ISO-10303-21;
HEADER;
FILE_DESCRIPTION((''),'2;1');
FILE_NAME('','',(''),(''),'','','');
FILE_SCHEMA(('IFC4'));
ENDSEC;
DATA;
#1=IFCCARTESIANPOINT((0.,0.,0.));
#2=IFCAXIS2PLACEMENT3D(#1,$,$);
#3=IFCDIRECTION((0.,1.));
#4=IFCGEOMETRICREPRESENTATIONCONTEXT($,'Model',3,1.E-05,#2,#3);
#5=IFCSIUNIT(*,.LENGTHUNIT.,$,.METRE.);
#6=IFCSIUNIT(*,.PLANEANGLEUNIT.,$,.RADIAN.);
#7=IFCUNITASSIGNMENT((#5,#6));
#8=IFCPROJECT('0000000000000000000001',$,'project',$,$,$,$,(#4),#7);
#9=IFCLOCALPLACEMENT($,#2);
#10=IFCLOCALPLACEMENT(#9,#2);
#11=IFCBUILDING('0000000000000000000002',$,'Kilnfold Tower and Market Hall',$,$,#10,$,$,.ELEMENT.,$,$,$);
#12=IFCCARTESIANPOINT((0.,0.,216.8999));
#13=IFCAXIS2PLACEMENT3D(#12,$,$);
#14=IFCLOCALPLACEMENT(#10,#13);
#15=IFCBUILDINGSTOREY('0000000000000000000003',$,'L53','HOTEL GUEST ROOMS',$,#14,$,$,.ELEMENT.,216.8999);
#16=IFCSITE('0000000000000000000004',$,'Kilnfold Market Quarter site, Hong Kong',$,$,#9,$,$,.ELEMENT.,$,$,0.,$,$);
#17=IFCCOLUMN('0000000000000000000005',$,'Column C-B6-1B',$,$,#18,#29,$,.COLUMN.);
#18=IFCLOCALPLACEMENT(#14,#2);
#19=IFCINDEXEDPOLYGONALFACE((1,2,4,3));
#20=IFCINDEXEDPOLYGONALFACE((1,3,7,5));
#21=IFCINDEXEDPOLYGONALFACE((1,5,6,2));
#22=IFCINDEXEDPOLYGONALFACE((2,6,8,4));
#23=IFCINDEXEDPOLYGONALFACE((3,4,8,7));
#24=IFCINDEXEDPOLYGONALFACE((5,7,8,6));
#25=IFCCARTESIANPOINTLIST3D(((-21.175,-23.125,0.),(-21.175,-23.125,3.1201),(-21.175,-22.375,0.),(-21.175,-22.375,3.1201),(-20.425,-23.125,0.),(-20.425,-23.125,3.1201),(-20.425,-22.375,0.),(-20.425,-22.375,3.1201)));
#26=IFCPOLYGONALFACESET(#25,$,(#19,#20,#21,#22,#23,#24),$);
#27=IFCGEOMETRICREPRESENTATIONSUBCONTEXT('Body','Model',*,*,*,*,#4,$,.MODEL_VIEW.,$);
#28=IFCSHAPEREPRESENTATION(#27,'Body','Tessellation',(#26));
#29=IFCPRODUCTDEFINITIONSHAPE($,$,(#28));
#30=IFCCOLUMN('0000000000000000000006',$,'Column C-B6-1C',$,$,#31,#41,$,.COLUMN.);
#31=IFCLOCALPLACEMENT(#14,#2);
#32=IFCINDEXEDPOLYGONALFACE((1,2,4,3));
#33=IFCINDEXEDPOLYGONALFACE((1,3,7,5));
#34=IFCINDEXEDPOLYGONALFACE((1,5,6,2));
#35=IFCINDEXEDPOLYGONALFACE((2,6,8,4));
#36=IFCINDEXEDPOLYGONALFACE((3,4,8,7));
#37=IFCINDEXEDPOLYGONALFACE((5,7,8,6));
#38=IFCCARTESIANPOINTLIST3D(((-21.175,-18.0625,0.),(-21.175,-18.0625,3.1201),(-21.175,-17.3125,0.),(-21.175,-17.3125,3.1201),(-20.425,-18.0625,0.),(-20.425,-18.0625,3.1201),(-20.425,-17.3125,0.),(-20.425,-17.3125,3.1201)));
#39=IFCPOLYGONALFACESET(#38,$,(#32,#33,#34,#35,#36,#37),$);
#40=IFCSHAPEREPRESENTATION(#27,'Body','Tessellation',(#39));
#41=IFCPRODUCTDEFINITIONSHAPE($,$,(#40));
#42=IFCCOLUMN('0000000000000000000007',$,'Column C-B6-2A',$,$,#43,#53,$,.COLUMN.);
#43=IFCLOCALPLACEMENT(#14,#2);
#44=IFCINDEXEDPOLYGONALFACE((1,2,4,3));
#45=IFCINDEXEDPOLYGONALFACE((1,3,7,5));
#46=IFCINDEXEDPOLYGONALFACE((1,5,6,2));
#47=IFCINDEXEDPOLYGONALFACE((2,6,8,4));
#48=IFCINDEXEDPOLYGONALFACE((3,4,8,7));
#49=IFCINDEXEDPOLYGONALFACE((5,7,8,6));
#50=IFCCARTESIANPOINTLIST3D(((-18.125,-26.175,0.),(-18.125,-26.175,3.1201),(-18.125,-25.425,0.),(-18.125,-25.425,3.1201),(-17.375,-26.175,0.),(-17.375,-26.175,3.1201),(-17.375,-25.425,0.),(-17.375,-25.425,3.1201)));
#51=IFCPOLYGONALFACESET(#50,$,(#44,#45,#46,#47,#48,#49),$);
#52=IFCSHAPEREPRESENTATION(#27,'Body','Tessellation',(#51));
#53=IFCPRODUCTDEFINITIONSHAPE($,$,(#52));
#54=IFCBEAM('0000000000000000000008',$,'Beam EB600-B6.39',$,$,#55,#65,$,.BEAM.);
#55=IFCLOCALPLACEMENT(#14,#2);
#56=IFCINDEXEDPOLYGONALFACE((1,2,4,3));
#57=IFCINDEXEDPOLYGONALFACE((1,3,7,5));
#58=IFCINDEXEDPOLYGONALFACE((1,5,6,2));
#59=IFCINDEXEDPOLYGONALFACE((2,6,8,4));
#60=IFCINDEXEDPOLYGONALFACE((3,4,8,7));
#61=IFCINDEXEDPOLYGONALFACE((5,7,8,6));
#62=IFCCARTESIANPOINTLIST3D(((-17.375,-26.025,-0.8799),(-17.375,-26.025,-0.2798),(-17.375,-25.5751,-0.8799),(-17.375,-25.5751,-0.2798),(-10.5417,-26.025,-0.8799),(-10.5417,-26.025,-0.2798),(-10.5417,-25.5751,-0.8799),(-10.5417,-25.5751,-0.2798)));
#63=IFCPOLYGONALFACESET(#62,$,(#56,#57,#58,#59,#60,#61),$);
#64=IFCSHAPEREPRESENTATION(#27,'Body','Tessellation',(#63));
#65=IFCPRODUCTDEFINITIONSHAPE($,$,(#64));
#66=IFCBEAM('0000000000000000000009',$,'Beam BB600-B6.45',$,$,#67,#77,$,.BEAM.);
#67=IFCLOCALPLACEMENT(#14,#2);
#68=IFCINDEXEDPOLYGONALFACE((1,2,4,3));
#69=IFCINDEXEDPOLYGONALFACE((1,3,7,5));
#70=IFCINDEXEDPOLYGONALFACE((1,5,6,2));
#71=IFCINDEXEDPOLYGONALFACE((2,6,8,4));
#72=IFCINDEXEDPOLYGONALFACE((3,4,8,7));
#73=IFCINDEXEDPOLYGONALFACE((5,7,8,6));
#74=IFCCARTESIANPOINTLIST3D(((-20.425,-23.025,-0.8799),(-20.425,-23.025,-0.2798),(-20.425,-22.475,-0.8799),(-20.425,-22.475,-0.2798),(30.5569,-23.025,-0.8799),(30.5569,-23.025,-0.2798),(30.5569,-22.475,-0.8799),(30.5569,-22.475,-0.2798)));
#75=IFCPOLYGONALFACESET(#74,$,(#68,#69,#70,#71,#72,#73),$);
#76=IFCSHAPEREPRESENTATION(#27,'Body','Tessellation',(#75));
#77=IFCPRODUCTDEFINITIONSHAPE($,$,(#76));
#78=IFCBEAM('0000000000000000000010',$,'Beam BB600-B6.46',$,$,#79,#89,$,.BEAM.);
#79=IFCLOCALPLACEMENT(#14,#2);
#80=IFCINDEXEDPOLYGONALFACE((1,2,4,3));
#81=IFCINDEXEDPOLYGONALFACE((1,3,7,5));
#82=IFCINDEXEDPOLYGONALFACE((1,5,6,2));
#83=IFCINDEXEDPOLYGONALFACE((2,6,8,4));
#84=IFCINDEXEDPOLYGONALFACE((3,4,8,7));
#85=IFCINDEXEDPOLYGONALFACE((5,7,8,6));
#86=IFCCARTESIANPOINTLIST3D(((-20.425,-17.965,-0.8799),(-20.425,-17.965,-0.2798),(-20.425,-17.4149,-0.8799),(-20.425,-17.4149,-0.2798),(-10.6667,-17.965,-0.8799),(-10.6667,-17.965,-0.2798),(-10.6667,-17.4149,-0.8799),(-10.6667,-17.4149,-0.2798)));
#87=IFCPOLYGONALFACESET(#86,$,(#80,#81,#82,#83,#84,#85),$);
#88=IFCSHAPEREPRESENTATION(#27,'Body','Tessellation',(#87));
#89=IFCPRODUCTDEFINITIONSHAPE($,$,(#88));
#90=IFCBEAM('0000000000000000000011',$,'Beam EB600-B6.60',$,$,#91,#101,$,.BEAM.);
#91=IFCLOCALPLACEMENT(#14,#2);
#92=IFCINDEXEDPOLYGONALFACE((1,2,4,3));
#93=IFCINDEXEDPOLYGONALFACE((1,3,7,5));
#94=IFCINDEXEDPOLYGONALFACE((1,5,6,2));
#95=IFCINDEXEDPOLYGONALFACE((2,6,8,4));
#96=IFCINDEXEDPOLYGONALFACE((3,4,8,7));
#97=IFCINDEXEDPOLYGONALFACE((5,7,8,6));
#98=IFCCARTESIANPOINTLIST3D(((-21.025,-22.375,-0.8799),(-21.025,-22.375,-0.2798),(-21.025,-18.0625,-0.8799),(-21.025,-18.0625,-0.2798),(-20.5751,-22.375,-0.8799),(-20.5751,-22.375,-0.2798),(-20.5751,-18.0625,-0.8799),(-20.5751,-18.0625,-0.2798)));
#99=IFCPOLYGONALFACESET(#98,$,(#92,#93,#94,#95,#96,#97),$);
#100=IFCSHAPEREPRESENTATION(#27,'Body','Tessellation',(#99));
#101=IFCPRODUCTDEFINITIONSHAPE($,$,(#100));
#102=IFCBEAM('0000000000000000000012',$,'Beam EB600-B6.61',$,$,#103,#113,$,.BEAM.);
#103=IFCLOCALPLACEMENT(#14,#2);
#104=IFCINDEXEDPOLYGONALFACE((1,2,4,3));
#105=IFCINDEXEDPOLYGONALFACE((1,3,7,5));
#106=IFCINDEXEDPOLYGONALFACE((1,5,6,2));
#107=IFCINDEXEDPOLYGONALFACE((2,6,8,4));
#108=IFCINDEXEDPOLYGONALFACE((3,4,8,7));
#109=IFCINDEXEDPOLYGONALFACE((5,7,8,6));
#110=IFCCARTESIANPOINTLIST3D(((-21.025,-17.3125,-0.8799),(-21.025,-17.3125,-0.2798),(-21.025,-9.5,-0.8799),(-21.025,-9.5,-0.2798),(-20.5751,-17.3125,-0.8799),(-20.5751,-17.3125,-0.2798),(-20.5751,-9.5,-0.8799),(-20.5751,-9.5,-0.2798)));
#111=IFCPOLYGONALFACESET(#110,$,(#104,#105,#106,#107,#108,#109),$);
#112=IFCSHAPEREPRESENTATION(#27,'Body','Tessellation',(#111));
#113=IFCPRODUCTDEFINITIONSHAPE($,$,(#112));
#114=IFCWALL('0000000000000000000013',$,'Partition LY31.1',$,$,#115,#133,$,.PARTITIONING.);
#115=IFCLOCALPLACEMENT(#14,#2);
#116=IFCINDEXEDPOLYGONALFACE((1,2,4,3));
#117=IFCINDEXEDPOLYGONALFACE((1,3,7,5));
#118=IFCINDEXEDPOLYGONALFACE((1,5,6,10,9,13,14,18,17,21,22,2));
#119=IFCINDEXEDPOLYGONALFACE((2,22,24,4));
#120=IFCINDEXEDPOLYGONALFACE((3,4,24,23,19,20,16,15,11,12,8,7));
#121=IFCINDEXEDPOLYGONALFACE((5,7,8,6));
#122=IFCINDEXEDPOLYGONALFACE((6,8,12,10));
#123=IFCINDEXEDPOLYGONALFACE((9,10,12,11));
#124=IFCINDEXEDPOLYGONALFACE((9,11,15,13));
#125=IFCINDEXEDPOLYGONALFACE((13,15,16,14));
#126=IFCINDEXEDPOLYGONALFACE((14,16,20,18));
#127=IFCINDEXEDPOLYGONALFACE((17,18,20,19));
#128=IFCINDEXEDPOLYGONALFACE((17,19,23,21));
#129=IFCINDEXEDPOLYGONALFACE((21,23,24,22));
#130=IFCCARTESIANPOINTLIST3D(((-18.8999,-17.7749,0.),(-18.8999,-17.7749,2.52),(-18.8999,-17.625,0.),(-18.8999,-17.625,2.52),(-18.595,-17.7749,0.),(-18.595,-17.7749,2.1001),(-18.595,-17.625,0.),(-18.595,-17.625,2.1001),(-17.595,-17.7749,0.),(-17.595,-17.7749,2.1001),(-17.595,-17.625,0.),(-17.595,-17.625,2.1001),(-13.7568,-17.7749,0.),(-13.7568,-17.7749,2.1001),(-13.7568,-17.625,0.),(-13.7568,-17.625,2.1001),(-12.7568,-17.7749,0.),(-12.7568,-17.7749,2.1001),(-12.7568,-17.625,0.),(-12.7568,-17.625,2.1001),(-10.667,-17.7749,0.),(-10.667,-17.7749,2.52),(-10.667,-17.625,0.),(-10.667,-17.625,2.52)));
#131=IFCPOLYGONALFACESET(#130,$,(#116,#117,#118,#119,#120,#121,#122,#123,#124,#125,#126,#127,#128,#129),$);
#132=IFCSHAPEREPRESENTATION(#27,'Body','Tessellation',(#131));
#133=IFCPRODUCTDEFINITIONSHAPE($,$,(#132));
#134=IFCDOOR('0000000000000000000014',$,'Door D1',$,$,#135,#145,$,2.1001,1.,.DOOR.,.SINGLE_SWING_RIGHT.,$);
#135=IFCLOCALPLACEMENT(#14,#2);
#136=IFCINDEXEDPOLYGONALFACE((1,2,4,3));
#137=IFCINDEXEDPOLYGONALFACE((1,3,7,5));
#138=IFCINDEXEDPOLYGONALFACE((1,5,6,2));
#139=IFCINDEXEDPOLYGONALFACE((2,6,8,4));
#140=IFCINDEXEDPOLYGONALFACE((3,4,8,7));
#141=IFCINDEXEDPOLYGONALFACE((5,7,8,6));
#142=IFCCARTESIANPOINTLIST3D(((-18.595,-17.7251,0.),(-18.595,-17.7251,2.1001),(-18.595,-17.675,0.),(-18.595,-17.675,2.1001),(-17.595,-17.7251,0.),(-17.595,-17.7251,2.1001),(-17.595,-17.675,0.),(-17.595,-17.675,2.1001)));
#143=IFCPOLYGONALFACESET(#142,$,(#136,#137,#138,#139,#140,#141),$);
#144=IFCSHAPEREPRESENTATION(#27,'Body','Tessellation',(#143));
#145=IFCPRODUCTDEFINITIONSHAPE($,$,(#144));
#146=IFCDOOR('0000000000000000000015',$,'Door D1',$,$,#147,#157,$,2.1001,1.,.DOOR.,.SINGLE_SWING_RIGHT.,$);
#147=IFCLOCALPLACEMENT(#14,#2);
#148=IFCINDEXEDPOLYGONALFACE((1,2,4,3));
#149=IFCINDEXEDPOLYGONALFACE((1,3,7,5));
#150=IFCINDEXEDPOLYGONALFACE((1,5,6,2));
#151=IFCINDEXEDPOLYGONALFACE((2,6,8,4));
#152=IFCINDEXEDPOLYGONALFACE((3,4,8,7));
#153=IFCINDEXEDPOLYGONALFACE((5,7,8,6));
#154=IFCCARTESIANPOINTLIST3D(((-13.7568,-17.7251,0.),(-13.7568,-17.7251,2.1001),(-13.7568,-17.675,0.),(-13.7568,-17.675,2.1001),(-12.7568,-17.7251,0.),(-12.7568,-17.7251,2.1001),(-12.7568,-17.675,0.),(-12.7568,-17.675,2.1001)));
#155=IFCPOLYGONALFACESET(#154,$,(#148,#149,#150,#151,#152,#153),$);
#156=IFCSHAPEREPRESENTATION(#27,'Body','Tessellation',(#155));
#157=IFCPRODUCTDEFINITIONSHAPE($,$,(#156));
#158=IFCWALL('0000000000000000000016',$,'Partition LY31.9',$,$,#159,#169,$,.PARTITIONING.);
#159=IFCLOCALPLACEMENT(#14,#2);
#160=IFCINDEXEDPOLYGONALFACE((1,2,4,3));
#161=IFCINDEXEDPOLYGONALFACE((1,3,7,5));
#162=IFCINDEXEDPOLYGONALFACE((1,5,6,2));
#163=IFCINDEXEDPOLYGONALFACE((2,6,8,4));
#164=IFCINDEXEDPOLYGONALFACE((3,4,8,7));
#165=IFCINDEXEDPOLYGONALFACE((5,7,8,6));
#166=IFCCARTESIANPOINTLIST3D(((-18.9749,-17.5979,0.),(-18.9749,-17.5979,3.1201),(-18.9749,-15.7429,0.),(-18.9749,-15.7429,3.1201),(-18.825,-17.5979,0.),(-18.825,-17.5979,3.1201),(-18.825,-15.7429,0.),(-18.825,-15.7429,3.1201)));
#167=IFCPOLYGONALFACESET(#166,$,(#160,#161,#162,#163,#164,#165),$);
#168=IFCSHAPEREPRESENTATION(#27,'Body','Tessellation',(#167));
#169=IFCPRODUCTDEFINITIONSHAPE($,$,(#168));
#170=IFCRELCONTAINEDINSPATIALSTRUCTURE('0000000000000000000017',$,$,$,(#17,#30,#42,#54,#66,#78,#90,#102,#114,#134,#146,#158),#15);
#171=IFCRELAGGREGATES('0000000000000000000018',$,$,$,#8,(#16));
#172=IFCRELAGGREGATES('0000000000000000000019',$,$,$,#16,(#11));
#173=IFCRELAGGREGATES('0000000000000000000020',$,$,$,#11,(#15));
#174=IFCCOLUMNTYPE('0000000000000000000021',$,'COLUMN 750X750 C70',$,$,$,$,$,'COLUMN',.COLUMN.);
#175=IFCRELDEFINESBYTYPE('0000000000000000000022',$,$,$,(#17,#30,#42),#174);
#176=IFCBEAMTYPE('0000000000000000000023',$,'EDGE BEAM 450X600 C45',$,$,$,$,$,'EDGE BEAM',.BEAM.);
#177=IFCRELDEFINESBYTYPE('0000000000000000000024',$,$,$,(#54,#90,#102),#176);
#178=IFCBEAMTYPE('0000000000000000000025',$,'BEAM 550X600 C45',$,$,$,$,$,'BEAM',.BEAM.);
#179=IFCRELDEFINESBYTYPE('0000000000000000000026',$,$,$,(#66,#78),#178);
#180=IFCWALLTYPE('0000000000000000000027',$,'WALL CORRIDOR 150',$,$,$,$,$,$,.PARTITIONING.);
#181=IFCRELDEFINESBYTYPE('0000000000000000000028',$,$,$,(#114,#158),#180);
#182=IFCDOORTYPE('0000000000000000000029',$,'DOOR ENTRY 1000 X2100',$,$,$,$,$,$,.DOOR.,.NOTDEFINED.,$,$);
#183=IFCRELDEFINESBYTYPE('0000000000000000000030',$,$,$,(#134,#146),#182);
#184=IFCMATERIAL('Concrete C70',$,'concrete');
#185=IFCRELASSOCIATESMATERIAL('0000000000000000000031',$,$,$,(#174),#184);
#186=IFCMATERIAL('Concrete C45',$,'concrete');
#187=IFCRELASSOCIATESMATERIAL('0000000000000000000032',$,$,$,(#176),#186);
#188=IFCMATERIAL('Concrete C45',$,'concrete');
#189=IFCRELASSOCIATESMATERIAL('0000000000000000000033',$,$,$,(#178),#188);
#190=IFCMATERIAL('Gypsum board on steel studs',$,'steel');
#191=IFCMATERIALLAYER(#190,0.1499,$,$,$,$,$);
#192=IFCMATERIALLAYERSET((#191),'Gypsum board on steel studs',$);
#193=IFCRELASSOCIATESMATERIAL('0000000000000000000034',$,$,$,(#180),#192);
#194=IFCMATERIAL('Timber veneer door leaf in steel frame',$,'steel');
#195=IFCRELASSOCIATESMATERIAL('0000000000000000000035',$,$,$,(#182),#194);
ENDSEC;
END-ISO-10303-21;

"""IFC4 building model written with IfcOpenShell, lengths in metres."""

from ifc_helpers import new_model, si_unit, direction, frame, frame_2d, origin, origin_2d, place, context, subcontext, project, spatial, rectangle, extrude, source, transform, mapped, material, layer, layer_set, material_profile, profile_set, type_object, element, fill, save


model = new_model("IFC4")

# Units and contexts
model_context = context("Model", 3, precision=1e-05, world=origin(), true_north=direction((0.0, 1.0)))
body_context = subcontext(model_context, "Body", "Model", "MODEL_VIEW")
ifc_project = project(units=[si_unit("LENGTHUNIT", "METRE"), si_unit("PLANEANGLEUNIT", "RADIAN")], contexts=[model_context])

# Site, building, storey
site_placement = place(None, origin())
site = spatial("IfcSite", under=ifc_project, at=site_placement, Name="Kilnfold Market Quarter site, Hong Kong", CompositionType="ELEMENT", RefElevation=0.0)
building_placement = place(site_placement, origin())
building = spatial("IfcBuilding", under=site, at=building_placement, Name="Kilnfold Tower and Market Hall", CompositionType="ELEMENT")
storey_placement = place(building_placement, frame((0.0, 0.0, 216.8999)))
storey = spatial("IfcBuildingStorey", under=building, at=storey_placement, Name="L53", Description="HOTEL GUEST ROOMS", CompositionType="ELEMENT", Elevation=216.8999)

# Columns
ifc_material_1 = material(Name="Concrete C70", Category="concrete")
ifc_material_profile_1 = material_profile(ifc_material_1, rectangle(XDim=0.75, YDim=0.75, at=origin_2d()), Name="RC 750x750")
ifc_profile_set_1 = profile_set([ifc_material_profile_1], Name="Concrete C70")
column_type = type_object("IfcColumnType", Name="COLUMN 750X750 C70", ElementType="COLUMN", PredefinedType="COLUMN", material=ifc_profile_set_1)
shared_shape_1 = source(origin(), body_context, "Body", "SweptSolid", [
    extrude(rectangle(XDim=0.75, YDim=0.75, at=origin_2d()), origin(), (0.0, 0.0, 1.0), 3.1201),
])
for number, where, z_axis, x_axis, name in (
    (1, (-20.8, -22.75, 0.0), (0.0, 0.0, 1.0), (1.0, 0.0, 0.0), "Column C-B6-1B"),
    (2, (-20.8, -17.6875, 0.0), (0.0, 0.0, 1.0), (1.0, 0.0, 0.0), "Column C-B6-1C"),
    (3, (-17.75, -25.8, 0.0), (0.0, 0.0, 1.0), (1.0, 0.0, 0.0), "Column C-B6-2A"),
):
    element("IfcColumn", number, at=place(storey_placement, frame(where, z_axis=z_axis, x_axis=x_axis)), inside=storey, type_object=column_type, Name=name, PredefinedType="COLUMN", context=body_context, shape_type="MappedRepresentation", body=[
        mapped(shared_shape_1, transform((0.0, 0.0, 0.0))),
    ])

# Beams
ifc_material_2 = material(Name="Concrete C45", Category="concrete")
ifc_material_profile_2 = material_profile(ifc_material_2, rectangle(XDim=0.45, YDim=0.6001, at=origin_2d()), Name="RC 450x600")
ifc_profile_set_2 = profile_set([ifc_material_profile_2], Name="Concrete C45")
beam_type_1 = type_object("IfcBeamType", Name="EDGE BEAM 450X600 C45", ElementType="EDGE BEAM", PredefinedType="BEAM", material=ifc_profile_set_2)
shared_shape_2 = source(origin(), body_context, "Body", "SweptSolid", [
    extrude(rectangle(XDim=0.45, YDim=0.6001, at=origin_2d()), origin(), (0.0, 0.0, 1.0), 6.8333),
])
beam_1_placement = place(storey_placement, frame((-17.375, -25.8, -0.5798), z_axis=(1.0, 0.0, 0.0), x_axis=(0.0, 1.0, 0.0)))
element("IfcBeam", 4, at=beam_1_placement, inside=storey, type_object=beam_type_1, Name="Beam EB600-B6.39", PredefinedType="BEAM", context=body_context, shape_type="MappedRepresentation", body=[
    mapped(shared_shape_2, transform((0.0, 0.0, 0.0))),
])
ifc_material_3 = material(Name="Concrete C45", Category="concrete")
ifc_material_profile_3 = material_profile(ifc_material_3, rectangle(XDim=0.55, YDim=0.6001, at=origin_2d()), Name="RC 550x600")
ifc_profile_set_3 = profile_set([ifc_material_profile_3], Name="Concrete C45")
beam_type_2 = type_object("IfcBeamType", Name="BEAM 550X600 C45", ElementType="BEAM", PredefinedType="BEAM", material=ifc_profile_set_3)
shared_shape_3 = source(origin(), body_context, "Body", "SweptSolid", [
    extrude(rectangle(XDim=0.55, YDim=0.6001, at=origin_2d()), origin(), (0.0, 0.0, 1.0), 50.9819),
])
beam_2_placement = place(storey_placement, frame((-20.425, -22.75, -0.5798), z_axis=(1.0, 0.0, 0.0), x_axis=(0.0, 1.0, 0.0)))
element("IfcBeam", 5, at=beam_2_placement, inside=storey, type_object=beam_type_2, Name="Beam BB600-B6.45", PredefinedType="BEAM", context=body_context, shape_type="MappedRepresentation", body=[
    mapped(shared_shape_3, transform((0.0, 0.0, 0.0))),
])
shared_shape_4 = source(origin(), body_context, "Body", "SweptSolid", [
    extrude(rectangle(XDim=0.55, YDim=0.6001, at=origin_2d()), origin(), (0.0, 0.0, 1.0), 9.7583),
])
beam_3_placement = place(storey_placement, frame((-20.425, -17.6899, -0.5798), z_axis=(1.0, 0.0, 0.0), x_axis=(0.0, 1.0, 0.0)))
element("IfcBeam", 6, at=beam_3_placement, inside=storey, type_object=beam_type_2, Name="Beam BB600-B6.46", PredefinedType="BEAM", context=body_context, shape_type="MappedRepresentation", body=[
    mapped(shared_shape_4, transform((0.0, 0.0, 0.0))),
])
shared_shape_5 = source(origin(), body_context, "Body", "SweptSolid", [
    extrude(rectangle(XDim=0.45, YDim=0.6001, at=origin_2d()), origin(), (0.0, 0.0, 1.0), 4.3125),
])
beam_4_placement = place(storey_placement, frame((-20.8, -22.375, -0.5798), z_axis=(0.0, 1.0, 0.0), x_axis=(-1.0, 0.0, 0.0)))
element("IfcBeam", 7, at=beam_4_placement, inside=storey, type_object=beam_type_1, Name="Beam EB600-B6.60", PredefinedType="BEAM", context=body_context, shape_type="MappedRepresentation", body=[
    mapped(shared_shape_5, transform((0.0, 0.0, 0.0))),
])
shared_shape_6 = source(origin(), body_context, "Body", "SweptSolid", [
    extrude(rectangle(XDim=0.45, YDim=0.6001, at=origin_2d()), origin(), (0.0, 0.0, 1.0), 7.8125),
])
beam_5_placement = place(storey_placement, frame((-20.8, -17.3125, -0.5798), z_axis=(0.0, 1.0, 0.0), x_axis=(-1.0, 0.0, 0.0)))
element("IfcBeam", 8, at=beam_5_placement, inside=storey, type_object=beam_type_1, Name="Beam EB600-B6.61", PredefinedType="BEAM", context=body_context, shape_type="MappedRepresentation", body=[
    mapped(shared_shape_6, transform((0.0, 0.0, 0.0))),
])

# Wall, openings, doors
ifc_material_4 = material(Name="Gypsum board on steel studs", Category="steel")
ifc_layer_1 = layer(ifc_material_4, 0.1499)
ifc_layer_set_1 = layer_set([ifc_layer_1], Name="Gypsum board on steel studs")
wall_type_1 = type_object("IfcWallType", Name="WALL CORRIDOR 150", PredefinedType="PARTITIONING", material=ifc_layer_set_1)
wall_1_placement = place(storey_placement, frame((-18.8999, -17.7, 0.0), z_axis=(0.0, 0.0, 1.0), x_axis=(1.0, 0.0, 0.0)))
wall_1 = element("IfcWall", 9, at=wall_1_placement, inside=storey, type_object=wall_type_1, Name="Partition LY31.1", PredefinedType="PARTITIONING", context=body_context, shape_type="SweptSolid", body=[
    extrude(rectangle(XDim=8.2329, YDim=0.1499, at=frame_2d((4.1165, 0.0))), origin(), (0.0, 0.0, 1.0), 2.52),
])
opening_1_placement = place(wall_1_placement, frame((0.3049, 0.0, 0.0)))
opening_1 = element("IfcOpeningElement", 10, at=opening_1_placement, cuts=wall_1, PredefinedType="OPENING", context=body_context, shape_type="SweptSolid", body=[
    extrude(rectangle(XDim=1.0, YDim=2.1001, at=frame_2d((0.5, 1.05))), frame((0.0, 0.085, 0.0), z_axis=(0.0, -1.0, 0.0), x_axis=(1.0, 0.0, 0.0)), (0.0, 0.0, 1.0), 0.1699),
])
opening_2_placement = place(wall_1_placement, frame((5.1431, 0.0, 0.0)))
opening_2 = element("IfcOpeningElement", 11, at=opening_2_placement, cuts=wall_1, PredefinedType="OPENING", context=body_context, shape_type="SweptSolid", body=[
    extrude(rectangle(XDim=1.0, YDim=2.1001, at=frame_2d((0.5, 1.05))), frame((0.0, 0.085, 0.0), z_axis=(0.0, -1.0, 0.0), x_axis=(1.0, 0.0, 0.0)), (0.0, 0.0, 1.0), 0.1699),
])
ifc_material_5 = material(Name="Timber veneer door leaf in steel frame", Category="steel")
door_type_1 = type_object("IfcDoorType", Name="DOOR ENTRY 1000 X2100", OperationType="NOTDEFINED", PredefinedType="DOOR", material=ifc_material_5)
door_1_placement = place(opening_1_placement, origin())
door_1 = element("IfcDoor", 12, at=door_1_placement, inside=storey, type_object=door_type_1, Name="Door D1", OperationType="SINGLE_SWING_RIGHT", OverallHeight=2.1001, OverallWidth=1.0, PredefinedType="DOOR", context=body_context, shape_type="SweptSolid", body=[
    extrude(rectangle(XDim=1.0, YDim=2.1001, at=frame_2d((0.5, 1.05))), frame((0.0, 0.0249, 0.0), z_axis=(0.0, -1.0, 0.0), x_axis=(1.0, 0.0, 0.0)), (0.0, 0.0, 1.0), 0.05),
])
fill(opening_1, door_1)
door_2_placement = place(opening_2_placement, origin())
door_2 = element("IfcDoor", 13, at=door_2_placement, inside=storey, type_object=door_type_1, Name="Door D1", OperationType="SINGLE_SWING_RIGHT", OverallHeight=2.1001, OverallWidth=1.0, PredefinedType="DOOR", context=body_context, shape_type="SweptSolid", body=[
    extrude(rectangle(XDim=1.0, YDim=2.1001, at=frame_2d((0.5, 1.05))), frame((0.0, 0.0249, 0.0), z_axis=(0.0, -1.0, 0.0), x_axis=(1.0, 0.0, 0.0)), (0.0, 0.0, 1.0), 0.05),
])
fill(opening_2, door_2)

# Wall
wall_2_placement = place(storey_placement, frame((-18.8999, -17.5979, 0.0), z_axis=(0.0, 0.0, 1.0), x_axis=(0.0, 1.0, 0.0)))
element("IfcWall", 14, at=wall_2_placement, inside=storey, type_object=wall_type_1, Name="Partition LY31.9", PredefinedType="PARTITIONING", context=body_context, shape_type="SweptSolid", body=[
    extrude(rectangle(XDim=1.855, YDim=0.1499, at=frame_2d((0.9275, 0.0))), origin(), (0.0, 0.0, 1.0), 3.1201),
])

save(model, "model.ifc")
